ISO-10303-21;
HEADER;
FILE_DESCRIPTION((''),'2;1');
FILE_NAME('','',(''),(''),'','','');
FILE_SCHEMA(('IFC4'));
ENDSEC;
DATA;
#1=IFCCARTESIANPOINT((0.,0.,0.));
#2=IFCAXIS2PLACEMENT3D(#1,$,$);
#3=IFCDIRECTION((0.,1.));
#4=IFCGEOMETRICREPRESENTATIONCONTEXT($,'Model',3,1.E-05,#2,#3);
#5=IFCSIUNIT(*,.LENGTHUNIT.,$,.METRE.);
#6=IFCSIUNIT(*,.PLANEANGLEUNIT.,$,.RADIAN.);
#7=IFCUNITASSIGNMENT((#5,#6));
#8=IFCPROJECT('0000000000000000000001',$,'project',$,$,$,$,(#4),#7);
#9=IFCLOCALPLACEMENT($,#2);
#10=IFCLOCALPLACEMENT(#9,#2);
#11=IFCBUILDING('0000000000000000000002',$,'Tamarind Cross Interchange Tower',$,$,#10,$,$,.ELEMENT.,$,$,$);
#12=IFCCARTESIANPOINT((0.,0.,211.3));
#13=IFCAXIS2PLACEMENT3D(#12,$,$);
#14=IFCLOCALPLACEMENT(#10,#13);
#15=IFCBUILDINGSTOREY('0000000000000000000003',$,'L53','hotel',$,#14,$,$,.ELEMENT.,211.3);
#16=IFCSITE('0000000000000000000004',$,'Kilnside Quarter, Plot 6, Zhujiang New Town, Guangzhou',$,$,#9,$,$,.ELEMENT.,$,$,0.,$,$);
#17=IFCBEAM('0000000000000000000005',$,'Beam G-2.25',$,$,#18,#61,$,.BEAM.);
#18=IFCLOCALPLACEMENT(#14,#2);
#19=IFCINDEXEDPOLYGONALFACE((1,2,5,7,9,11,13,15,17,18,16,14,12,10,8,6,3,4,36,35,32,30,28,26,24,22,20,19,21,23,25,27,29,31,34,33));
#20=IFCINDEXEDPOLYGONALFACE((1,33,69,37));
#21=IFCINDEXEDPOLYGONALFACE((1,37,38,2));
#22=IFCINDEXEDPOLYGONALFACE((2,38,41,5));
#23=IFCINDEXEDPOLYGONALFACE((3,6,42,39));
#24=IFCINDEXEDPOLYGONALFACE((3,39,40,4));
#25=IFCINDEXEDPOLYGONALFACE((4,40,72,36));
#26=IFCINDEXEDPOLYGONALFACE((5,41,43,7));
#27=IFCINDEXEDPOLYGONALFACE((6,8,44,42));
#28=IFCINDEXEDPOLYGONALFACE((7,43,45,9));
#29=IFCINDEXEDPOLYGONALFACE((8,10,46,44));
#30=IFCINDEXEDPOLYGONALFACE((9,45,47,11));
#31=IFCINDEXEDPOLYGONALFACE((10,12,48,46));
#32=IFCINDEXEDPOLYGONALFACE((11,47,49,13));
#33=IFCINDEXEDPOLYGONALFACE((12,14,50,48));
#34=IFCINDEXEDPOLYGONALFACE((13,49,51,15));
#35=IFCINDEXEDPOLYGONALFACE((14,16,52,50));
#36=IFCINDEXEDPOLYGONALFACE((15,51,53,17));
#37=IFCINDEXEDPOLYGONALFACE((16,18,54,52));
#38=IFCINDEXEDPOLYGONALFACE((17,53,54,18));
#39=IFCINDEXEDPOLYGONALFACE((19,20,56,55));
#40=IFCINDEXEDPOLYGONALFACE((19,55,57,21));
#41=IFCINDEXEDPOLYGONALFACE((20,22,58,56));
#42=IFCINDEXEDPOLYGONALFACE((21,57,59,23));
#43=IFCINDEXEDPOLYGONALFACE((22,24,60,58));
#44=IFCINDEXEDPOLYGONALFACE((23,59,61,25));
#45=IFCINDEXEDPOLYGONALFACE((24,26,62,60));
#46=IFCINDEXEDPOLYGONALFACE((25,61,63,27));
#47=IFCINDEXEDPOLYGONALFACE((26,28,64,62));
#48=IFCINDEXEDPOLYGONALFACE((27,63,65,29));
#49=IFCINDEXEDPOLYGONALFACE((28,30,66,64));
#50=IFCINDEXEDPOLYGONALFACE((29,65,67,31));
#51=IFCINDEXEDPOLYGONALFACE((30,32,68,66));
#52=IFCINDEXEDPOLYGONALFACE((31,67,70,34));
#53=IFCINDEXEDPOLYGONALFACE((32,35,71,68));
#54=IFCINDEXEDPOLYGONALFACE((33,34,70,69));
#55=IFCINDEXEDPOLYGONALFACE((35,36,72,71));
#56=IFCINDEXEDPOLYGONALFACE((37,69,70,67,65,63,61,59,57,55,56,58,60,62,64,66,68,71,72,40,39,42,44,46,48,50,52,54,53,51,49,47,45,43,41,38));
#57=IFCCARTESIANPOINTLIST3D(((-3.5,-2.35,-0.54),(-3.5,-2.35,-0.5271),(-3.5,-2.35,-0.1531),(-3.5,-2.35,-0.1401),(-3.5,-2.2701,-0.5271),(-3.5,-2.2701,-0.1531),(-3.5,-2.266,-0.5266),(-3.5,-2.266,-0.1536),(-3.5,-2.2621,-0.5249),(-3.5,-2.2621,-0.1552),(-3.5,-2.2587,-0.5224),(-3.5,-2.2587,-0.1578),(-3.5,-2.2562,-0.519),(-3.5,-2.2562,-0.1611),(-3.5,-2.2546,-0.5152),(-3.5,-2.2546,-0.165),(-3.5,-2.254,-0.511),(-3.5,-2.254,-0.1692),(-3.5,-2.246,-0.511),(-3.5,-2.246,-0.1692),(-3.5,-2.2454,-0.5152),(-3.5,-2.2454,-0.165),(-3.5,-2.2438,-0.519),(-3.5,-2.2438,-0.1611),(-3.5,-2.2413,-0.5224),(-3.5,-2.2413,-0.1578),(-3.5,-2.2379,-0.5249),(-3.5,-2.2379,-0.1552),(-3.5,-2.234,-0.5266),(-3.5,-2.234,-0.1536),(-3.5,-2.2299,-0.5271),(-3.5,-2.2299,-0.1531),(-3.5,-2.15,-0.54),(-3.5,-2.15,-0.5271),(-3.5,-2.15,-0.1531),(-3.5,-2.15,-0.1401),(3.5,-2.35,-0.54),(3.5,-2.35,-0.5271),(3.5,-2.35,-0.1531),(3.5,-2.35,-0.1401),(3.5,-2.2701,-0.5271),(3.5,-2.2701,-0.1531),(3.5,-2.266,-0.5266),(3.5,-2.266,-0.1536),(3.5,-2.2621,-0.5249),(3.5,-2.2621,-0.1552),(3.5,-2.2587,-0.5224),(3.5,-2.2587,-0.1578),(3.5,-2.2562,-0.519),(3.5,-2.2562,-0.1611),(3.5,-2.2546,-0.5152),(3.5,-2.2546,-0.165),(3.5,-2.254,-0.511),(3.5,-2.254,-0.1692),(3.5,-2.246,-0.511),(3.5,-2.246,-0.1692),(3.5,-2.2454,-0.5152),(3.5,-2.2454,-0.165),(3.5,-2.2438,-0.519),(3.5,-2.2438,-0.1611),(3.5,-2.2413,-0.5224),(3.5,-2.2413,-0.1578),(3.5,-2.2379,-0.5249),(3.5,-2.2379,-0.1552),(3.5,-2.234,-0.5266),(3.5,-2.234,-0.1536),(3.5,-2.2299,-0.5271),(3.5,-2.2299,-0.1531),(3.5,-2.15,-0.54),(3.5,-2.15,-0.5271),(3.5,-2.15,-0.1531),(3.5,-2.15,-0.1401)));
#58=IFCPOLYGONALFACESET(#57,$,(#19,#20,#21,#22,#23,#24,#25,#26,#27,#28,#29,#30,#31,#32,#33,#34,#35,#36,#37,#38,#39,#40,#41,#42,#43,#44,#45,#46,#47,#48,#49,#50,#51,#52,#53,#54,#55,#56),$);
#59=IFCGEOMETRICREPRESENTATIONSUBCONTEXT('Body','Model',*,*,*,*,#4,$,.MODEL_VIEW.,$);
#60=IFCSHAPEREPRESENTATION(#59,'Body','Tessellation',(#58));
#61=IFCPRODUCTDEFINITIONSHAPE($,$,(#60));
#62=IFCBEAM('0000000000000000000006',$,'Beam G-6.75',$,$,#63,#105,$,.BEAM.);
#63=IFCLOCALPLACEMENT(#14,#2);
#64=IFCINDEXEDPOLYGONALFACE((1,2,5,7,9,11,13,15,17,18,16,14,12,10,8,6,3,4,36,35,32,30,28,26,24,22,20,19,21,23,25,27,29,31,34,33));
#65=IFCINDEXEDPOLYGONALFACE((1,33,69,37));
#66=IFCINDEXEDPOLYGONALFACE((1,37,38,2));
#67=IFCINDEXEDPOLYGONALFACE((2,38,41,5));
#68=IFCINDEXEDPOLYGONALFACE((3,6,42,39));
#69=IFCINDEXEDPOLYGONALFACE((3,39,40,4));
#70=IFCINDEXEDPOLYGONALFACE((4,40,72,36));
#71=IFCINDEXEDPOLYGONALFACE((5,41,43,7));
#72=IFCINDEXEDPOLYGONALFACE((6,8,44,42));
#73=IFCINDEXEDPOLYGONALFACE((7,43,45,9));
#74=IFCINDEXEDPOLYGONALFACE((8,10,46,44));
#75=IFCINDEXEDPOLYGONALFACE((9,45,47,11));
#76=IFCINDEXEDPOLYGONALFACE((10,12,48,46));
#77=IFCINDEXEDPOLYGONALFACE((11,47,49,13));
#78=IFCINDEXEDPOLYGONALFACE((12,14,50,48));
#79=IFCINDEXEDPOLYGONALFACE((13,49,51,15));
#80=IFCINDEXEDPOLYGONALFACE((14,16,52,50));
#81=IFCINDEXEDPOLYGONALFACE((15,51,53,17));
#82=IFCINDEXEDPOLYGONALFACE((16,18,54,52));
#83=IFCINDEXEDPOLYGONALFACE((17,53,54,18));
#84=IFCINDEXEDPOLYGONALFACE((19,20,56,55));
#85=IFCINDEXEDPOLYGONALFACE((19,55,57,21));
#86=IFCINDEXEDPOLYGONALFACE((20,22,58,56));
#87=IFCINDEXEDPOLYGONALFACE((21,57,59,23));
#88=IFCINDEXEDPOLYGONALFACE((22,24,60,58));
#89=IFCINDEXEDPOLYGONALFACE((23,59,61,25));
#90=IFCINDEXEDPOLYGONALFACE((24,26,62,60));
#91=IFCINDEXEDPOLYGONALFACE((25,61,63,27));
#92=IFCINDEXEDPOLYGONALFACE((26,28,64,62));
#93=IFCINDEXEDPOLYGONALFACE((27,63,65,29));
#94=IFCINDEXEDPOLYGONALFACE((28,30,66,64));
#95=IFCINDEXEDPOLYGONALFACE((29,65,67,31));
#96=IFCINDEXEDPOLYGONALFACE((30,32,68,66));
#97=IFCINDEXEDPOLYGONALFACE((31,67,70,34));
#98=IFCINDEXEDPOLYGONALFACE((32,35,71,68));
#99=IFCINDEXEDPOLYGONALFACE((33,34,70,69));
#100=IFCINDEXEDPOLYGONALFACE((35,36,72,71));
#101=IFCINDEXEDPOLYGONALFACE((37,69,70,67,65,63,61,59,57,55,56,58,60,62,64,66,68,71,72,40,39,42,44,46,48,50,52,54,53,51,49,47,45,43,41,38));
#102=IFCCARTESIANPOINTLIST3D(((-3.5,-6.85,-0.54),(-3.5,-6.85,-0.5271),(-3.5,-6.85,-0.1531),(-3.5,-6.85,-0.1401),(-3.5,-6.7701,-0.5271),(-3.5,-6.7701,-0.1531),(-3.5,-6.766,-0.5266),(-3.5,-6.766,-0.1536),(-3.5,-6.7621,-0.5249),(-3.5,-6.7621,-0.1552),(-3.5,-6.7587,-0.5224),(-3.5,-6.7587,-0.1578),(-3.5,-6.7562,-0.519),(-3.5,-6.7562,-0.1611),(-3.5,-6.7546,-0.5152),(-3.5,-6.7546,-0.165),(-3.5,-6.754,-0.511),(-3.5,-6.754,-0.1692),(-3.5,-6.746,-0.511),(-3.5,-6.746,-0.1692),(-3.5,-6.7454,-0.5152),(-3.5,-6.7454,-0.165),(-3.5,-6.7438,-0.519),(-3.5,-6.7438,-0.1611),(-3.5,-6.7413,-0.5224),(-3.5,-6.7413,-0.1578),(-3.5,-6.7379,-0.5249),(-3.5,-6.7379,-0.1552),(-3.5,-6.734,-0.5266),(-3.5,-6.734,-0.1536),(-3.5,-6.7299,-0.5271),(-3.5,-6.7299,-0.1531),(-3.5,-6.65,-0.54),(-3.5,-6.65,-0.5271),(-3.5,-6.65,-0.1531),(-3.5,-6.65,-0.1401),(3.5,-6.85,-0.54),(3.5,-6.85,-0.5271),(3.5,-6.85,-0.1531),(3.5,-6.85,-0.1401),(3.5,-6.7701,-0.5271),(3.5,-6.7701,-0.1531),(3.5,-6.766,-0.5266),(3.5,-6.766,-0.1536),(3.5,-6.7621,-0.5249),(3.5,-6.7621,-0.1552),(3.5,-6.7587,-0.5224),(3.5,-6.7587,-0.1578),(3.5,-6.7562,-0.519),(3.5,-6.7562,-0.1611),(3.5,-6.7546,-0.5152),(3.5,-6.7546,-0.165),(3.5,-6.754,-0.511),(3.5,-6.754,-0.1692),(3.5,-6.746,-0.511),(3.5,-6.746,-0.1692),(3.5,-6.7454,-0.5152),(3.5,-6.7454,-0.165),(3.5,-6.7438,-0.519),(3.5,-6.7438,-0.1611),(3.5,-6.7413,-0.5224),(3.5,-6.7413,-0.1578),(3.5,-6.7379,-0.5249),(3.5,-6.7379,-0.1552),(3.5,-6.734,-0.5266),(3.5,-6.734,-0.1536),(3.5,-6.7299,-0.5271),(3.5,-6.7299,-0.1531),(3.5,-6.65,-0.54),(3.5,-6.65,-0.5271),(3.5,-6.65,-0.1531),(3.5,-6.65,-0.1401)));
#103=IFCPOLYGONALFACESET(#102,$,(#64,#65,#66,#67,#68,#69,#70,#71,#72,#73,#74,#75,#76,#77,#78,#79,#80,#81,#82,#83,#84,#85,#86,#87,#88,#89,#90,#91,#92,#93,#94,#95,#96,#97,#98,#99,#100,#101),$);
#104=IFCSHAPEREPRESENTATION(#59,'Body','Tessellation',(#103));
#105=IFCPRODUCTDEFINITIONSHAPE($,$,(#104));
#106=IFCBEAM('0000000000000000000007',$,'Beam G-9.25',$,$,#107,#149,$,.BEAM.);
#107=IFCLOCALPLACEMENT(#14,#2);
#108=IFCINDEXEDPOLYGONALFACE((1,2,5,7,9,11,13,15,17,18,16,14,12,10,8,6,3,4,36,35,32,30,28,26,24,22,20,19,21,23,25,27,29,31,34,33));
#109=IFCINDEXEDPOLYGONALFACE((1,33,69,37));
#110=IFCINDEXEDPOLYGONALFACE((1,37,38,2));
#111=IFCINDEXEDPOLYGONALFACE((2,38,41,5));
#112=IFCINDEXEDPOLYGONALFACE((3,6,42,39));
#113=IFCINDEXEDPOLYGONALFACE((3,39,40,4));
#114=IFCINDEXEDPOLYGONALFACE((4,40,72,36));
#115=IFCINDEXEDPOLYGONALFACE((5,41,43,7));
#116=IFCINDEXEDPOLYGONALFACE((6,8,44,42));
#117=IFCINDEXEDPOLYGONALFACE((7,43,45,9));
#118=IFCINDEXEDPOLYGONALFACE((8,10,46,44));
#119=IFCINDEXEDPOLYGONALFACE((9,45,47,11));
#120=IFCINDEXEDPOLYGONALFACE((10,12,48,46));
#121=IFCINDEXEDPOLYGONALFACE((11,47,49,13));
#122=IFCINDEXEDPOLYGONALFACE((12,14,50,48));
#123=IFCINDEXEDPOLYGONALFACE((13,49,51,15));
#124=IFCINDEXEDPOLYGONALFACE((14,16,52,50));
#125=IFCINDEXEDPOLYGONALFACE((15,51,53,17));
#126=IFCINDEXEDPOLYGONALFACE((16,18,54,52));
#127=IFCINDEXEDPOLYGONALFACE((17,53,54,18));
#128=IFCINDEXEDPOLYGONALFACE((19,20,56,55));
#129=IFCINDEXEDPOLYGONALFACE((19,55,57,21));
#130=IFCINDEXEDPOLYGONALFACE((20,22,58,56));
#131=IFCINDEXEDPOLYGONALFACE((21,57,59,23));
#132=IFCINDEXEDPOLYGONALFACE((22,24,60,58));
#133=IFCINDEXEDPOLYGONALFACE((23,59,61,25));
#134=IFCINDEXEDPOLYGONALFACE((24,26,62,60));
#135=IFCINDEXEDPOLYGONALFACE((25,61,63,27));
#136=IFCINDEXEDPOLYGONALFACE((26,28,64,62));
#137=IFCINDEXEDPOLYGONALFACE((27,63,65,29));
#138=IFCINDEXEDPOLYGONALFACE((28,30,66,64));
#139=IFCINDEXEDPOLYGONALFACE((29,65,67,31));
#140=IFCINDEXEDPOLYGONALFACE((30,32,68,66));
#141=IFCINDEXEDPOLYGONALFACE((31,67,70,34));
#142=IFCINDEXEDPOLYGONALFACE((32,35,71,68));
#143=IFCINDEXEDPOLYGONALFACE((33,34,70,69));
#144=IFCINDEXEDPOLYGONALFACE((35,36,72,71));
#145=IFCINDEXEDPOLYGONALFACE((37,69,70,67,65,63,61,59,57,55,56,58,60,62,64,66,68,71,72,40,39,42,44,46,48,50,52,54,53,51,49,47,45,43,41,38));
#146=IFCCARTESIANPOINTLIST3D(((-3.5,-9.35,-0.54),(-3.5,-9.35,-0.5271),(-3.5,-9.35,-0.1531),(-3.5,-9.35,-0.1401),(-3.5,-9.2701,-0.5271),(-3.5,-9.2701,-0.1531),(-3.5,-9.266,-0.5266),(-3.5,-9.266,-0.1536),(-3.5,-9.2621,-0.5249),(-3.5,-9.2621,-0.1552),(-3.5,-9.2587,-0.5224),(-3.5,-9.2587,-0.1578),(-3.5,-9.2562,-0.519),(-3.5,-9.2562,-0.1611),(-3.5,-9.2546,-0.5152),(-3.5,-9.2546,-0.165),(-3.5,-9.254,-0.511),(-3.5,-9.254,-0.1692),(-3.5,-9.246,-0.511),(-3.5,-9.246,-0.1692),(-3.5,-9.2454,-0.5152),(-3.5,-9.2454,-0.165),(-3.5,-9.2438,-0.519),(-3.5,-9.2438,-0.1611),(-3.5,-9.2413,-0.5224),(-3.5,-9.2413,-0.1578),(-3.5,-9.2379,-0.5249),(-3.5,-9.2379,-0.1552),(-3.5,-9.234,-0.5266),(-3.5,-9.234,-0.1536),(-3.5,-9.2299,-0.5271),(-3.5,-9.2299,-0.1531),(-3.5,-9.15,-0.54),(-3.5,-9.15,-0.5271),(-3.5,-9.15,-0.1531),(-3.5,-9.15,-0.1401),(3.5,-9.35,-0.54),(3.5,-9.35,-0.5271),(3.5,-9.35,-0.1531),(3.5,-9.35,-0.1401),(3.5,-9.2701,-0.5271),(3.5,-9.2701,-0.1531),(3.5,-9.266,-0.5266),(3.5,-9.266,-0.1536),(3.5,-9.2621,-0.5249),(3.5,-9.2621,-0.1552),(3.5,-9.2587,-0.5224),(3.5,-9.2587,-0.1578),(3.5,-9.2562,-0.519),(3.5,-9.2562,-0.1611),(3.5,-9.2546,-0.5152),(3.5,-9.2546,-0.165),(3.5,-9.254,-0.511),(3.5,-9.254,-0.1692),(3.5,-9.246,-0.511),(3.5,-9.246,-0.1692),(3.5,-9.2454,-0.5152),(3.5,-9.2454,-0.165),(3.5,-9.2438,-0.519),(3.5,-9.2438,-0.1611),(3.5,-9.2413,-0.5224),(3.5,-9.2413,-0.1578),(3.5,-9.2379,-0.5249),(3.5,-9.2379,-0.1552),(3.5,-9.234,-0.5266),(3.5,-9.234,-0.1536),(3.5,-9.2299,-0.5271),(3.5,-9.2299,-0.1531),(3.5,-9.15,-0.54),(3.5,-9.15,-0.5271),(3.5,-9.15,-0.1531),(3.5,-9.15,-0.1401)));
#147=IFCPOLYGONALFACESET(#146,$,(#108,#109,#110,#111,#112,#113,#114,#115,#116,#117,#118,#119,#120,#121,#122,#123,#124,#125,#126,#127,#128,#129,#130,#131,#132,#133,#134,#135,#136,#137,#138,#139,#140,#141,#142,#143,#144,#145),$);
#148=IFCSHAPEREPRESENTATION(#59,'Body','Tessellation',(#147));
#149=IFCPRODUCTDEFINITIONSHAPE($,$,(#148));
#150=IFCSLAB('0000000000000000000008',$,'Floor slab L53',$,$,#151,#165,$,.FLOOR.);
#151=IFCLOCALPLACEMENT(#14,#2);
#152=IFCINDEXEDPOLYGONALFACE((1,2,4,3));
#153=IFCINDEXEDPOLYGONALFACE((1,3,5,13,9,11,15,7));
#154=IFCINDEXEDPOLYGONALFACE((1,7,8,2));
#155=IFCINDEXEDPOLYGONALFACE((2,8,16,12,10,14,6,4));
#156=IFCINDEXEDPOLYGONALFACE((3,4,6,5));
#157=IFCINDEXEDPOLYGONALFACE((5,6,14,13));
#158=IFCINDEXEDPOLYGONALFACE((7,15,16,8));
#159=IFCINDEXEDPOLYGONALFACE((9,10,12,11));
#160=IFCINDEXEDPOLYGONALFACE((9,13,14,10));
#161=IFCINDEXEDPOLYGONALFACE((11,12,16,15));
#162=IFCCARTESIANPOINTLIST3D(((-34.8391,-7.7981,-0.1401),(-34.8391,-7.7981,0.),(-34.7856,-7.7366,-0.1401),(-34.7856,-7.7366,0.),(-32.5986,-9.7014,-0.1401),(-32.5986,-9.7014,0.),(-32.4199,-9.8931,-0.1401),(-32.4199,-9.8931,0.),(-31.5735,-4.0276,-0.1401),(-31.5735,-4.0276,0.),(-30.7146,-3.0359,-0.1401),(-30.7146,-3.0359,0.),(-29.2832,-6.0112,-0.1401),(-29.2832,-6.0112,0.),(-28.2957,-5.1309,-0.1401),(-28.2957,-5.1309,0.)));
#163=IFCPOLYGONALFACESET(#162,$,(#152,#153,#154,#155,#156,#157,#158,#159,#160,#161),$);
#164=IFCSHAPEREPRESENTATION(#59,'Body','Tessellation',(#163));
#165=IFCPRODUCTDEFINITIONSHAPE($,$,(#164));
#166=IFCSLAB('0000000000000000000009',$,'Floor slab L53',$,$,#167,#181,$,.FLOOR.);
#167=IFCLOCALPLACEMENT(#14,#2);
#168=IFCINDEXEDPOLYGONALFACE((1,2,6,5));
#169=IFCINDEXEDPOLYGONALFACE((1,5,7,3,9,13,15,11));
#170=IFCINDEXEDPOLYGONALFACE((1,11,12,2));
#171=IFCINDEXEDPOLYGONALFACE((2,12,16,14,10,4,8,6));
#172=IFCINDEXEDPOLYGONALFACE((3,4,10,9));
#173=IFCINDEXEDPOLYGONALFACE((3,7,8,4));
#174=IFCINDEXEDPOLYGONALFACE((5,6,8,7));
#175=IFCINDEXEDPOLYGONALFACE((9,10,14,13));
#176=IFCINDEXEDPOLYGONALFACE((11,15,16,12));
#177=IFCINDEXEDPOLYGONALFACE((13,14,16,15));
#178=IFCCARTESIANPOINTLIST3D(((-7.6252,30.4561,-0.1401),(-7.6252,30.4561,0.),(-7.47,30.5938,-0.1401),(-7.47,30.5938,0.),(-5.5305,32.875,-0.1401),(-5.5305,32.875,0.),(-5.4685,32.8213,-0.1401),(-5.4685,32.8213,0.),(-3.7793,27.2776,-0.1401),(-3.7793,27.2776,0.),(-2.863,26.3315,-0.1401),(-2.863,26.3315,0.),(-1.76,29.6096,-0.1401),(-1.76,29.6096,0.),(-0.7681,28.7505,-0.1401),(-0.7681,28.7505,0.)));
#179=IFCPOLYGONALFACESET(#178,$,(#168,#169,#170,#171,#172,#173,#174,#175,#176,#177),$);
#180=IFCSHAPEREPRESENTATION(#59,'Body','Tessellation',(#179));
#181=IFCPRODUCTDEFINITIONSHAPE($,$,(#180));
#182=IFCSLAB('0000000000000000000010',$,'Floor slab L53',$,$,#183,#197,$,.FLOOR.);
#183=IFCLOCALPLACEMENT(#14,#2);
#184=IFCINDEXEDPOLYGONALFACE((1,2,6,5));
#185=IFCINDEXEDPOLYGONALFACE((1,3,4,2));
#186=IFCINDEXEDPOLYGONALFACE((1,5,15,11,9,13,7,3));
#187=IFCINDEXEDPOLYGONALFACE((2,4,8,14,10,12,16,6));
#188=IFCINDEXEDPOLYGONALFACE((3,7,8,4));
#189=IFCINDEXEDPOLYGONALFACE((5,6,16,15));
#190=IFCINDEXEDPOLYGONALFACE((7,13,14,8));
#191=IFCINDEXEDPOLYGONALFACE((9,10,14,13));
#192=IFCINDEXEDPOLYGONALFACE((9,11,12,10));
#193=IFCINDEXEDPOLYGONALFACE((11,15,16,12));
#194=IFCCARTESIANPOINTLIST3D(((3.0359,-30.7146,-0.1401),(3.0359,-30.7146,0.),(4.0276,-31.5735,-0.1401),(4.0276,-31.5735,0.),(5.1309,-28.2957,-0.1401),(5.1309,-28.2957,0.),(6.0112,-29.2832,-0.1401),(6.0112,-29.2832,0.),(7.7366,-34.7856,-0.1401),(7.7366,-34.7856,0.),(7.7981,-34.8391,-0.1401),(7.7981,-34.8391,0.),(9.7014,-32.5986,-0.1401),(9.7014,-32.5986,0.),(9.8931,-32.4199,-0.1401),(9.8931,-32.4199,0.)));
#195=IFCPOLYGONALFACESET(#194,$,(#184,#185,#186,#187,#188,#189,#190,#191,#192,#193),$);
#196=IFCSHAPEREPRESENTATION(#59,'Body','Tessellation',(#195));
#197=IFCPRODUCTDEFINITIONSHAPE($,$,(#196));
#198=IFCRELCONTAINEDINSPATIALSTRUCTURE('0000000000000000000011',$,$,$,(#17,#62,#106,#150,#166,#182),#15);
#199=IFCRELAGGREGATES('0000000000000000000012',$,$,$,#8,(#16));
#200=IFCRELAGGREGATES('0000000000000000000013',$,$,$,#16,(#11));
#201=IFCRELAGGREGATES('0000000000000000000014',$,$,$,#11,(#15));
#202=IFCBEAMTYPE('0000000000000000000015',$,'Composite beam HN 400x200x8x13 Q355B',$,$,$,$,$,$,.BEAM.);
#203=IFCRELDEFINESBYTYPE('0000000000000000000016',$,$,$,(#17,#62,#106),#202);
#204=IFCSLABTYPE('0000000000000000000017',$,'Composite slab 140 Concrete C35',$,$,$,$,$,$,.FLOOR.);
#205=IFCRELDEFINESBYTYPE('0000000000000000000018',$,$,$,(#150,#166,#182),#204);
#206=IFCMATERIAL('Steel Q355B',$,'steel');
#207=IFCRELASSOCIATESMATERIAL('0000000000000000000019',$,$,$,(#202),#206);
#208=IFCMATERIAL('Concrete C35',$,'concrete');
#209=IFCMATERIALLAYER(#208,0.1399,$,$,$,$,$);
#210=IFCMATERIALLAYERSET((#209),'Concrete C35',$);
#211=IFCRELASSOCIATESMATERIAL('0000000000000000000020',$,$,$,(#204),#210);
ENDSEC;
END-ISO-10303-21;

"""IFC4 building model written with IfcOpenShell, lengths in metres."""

from ifc_helpers import new_model, si_unit, direction, frame, origin, origin_2d, place, context, subcontext, project, spatial, polyline, i_section, outline, extrude, material, layer, layer_set, material_profile, profile_set, type_object, element, save


model = new_model("IFC4")

# Units and contexts
model_context = context("Model", 3, precision=1e-05, world=origin(), true_north=direction((0.0, 1.0)))
body_context = subcontext(model_context, "Body", "Model", "MODEL_VIEW")
ifc_project = project(units=[si_unit("LENGTHUNIT", "METRE"), si_unit("PLANEANGLEUNIT", "RADIAN")], contexts=[model_context])

# Site, building, storey
site_placement = place(None, origin())
site = spatial("IfcSite", under=ifc_project, at=site_placement, Name="Kilnside Quarter, Plot 6, Zhujiang New Town, Guangzhou", CompositionType="ELEMENT", RefElevation=0.0)
building_placement = place(site_placement, origin())
building = spatial("IfcBuilding", under=site, at=building_placement, Name="Tamarind Cross Interchange Tower", CompositionType="ELEMENT")
storey_placement = place(building_placement, frame((0.0, 0.0, 211.3)))
storey = spatial("IfcBuildingStorey", under=building, at=storey_placement, Name="L53", Description="hotel", CompositionType="ELEMENT", Elevation=211.3)

# Beams
ifc_material_1 = material(Name="Steel Q355B", Category="steel")
ifc_material_profile = material_profile(ifc_material_1, i_section(OverallWidth=0.2, OverallDepth=0.3999, WebThickness=0.0081, FlangeThickness=0.0129, FilletRadius=0.0161, at=origin_2d()), Name="HN 400x200x8x13")
ifc_profile_set = profile_set([ifc_material_profile], Name="Steel Q355B")
beam_type = type_object("IfcBeamType", Name="Composite beam HN 400x200x8x13 Q355B", PredefinedType="BEAM", material=ifc_profile_set)
for number, where, z_axis, x_axis, name in (
    (1, (-3.5, -2.25, -0.3401), (1.0, 0.0, 0.0), (0.0, 1.0, 0.0), "Beam G-2.25"),
    (2, (-3.5, -6.75, -0.3401), (1.0, 0.0, 0.0), (0.0, 1.0, 0.0), "Beam G-6.75"),
    (3, (-3.5, -9.25, -0.3401), (1.0, 0.0, 0.0), (0.0, 1.0, 0.0), "Beam G-9.25"),
):
    element("IfcBeam", number, at=place(storey_placement, frame(where, z_axis=z_axis, x_axis=x_axis)), inside=storey, type_object=beam_type, Name=name, PredefinedType="BEAM", context=body_context, shape_type="SweptSolid", body=[
        extrude(i_section(OverallWidth=0.2, OverallDepth=0.3999, WebThickness=0.0081, FlangeThickness=0.0129, FilletRadius=0.0161, at=origin_2d()), origin(), (0.0, 0.0, 1.0), 7.0),
    ])

# Slabs
ifc_material_2 = material(Name="Concrete C35", Category="concrete")
ifc_layer_1 = layer(ifc_material_2, 0.1399)
ifc_layer_set_1 = layer_set([ifc_layer_1], Name="Concrete C35")
slab_type = type_object("IfcSlabType", Name="Composite slab 140 Concrete C35", PredefinedType="FLOOR", material=ifc_layer_set_1)
slab_1_placement = place(storey_placement, frame((0.0, 0.0, -0.1401)))
element("IfcSlab", 4, at=slab_1_placement, inside=storey, type_object=slab_type, Name="Floor slab L53", PredefinedType="FLOOR", context=body_context, shape_type="SweptSolid", body=[
    extrude(outline(polyline([(-34.8391, -7.7981), (-32.4199, -9.8931), (-28.2957, -5.1309), (-30.7146, -3.0359), (-31.5735, -4.0276), (-29.2832, -6.0112), (-32.5986, -9.7014), (-34.7856, -7.7366), (-34.8391, -7.7981)])), origin(), (0.0, 0.0, 1.0), 0.1401),
])
slab_2_placement = place(storey_placement, frame((0.0, 0.0, -0.1401)))
element("IfcSlab", 5, at=slab_2_placement, inside=storey, type_object=slab_type, Name="Floor slab L53", PredefinedType="FLOOR", context=body_context, shape_type="SweptSolid", body=[
    extrude(outline(polyline([(-5.5305, 32.875), (-7.6252, 30.4561), (-2.863, 26.3315), (-0.7681, 28.7505), (-1.76, 29.6096), (-3.7793, 27.2776), (-7.47, 30.5938), (-5.4685, 32.8213), (-5.5305, 32.875)])), origin(), (0.0, 0.0, 1.0), 0.1401),
])
slab_3_placement = place(storey_placement, frame((0.0, 0.0, -0.1401)))
element("IfcSlab", 6, at=slab_3_placement, inside=storey, type_object=slab_type, Name="Floor slab L53", PredefinedType="FLOOR", context=body_context, shape_type="SweptSolid", body=[
    extrude(outline(polyline([(7.7366, -34.7856), (7.7981, -34.8391), (9.8931, -32.4199), (5.1309, -28.2957), (3.0359, -30.7146), (4.0276, -31.5735), (6.0112, -29.2832), (9.7014, -32.5986), (7.7366, -34.7856)])), origin(), (0.0, 0.0, 1.0), 0.1401),
])

save(model, "model.ifc")
